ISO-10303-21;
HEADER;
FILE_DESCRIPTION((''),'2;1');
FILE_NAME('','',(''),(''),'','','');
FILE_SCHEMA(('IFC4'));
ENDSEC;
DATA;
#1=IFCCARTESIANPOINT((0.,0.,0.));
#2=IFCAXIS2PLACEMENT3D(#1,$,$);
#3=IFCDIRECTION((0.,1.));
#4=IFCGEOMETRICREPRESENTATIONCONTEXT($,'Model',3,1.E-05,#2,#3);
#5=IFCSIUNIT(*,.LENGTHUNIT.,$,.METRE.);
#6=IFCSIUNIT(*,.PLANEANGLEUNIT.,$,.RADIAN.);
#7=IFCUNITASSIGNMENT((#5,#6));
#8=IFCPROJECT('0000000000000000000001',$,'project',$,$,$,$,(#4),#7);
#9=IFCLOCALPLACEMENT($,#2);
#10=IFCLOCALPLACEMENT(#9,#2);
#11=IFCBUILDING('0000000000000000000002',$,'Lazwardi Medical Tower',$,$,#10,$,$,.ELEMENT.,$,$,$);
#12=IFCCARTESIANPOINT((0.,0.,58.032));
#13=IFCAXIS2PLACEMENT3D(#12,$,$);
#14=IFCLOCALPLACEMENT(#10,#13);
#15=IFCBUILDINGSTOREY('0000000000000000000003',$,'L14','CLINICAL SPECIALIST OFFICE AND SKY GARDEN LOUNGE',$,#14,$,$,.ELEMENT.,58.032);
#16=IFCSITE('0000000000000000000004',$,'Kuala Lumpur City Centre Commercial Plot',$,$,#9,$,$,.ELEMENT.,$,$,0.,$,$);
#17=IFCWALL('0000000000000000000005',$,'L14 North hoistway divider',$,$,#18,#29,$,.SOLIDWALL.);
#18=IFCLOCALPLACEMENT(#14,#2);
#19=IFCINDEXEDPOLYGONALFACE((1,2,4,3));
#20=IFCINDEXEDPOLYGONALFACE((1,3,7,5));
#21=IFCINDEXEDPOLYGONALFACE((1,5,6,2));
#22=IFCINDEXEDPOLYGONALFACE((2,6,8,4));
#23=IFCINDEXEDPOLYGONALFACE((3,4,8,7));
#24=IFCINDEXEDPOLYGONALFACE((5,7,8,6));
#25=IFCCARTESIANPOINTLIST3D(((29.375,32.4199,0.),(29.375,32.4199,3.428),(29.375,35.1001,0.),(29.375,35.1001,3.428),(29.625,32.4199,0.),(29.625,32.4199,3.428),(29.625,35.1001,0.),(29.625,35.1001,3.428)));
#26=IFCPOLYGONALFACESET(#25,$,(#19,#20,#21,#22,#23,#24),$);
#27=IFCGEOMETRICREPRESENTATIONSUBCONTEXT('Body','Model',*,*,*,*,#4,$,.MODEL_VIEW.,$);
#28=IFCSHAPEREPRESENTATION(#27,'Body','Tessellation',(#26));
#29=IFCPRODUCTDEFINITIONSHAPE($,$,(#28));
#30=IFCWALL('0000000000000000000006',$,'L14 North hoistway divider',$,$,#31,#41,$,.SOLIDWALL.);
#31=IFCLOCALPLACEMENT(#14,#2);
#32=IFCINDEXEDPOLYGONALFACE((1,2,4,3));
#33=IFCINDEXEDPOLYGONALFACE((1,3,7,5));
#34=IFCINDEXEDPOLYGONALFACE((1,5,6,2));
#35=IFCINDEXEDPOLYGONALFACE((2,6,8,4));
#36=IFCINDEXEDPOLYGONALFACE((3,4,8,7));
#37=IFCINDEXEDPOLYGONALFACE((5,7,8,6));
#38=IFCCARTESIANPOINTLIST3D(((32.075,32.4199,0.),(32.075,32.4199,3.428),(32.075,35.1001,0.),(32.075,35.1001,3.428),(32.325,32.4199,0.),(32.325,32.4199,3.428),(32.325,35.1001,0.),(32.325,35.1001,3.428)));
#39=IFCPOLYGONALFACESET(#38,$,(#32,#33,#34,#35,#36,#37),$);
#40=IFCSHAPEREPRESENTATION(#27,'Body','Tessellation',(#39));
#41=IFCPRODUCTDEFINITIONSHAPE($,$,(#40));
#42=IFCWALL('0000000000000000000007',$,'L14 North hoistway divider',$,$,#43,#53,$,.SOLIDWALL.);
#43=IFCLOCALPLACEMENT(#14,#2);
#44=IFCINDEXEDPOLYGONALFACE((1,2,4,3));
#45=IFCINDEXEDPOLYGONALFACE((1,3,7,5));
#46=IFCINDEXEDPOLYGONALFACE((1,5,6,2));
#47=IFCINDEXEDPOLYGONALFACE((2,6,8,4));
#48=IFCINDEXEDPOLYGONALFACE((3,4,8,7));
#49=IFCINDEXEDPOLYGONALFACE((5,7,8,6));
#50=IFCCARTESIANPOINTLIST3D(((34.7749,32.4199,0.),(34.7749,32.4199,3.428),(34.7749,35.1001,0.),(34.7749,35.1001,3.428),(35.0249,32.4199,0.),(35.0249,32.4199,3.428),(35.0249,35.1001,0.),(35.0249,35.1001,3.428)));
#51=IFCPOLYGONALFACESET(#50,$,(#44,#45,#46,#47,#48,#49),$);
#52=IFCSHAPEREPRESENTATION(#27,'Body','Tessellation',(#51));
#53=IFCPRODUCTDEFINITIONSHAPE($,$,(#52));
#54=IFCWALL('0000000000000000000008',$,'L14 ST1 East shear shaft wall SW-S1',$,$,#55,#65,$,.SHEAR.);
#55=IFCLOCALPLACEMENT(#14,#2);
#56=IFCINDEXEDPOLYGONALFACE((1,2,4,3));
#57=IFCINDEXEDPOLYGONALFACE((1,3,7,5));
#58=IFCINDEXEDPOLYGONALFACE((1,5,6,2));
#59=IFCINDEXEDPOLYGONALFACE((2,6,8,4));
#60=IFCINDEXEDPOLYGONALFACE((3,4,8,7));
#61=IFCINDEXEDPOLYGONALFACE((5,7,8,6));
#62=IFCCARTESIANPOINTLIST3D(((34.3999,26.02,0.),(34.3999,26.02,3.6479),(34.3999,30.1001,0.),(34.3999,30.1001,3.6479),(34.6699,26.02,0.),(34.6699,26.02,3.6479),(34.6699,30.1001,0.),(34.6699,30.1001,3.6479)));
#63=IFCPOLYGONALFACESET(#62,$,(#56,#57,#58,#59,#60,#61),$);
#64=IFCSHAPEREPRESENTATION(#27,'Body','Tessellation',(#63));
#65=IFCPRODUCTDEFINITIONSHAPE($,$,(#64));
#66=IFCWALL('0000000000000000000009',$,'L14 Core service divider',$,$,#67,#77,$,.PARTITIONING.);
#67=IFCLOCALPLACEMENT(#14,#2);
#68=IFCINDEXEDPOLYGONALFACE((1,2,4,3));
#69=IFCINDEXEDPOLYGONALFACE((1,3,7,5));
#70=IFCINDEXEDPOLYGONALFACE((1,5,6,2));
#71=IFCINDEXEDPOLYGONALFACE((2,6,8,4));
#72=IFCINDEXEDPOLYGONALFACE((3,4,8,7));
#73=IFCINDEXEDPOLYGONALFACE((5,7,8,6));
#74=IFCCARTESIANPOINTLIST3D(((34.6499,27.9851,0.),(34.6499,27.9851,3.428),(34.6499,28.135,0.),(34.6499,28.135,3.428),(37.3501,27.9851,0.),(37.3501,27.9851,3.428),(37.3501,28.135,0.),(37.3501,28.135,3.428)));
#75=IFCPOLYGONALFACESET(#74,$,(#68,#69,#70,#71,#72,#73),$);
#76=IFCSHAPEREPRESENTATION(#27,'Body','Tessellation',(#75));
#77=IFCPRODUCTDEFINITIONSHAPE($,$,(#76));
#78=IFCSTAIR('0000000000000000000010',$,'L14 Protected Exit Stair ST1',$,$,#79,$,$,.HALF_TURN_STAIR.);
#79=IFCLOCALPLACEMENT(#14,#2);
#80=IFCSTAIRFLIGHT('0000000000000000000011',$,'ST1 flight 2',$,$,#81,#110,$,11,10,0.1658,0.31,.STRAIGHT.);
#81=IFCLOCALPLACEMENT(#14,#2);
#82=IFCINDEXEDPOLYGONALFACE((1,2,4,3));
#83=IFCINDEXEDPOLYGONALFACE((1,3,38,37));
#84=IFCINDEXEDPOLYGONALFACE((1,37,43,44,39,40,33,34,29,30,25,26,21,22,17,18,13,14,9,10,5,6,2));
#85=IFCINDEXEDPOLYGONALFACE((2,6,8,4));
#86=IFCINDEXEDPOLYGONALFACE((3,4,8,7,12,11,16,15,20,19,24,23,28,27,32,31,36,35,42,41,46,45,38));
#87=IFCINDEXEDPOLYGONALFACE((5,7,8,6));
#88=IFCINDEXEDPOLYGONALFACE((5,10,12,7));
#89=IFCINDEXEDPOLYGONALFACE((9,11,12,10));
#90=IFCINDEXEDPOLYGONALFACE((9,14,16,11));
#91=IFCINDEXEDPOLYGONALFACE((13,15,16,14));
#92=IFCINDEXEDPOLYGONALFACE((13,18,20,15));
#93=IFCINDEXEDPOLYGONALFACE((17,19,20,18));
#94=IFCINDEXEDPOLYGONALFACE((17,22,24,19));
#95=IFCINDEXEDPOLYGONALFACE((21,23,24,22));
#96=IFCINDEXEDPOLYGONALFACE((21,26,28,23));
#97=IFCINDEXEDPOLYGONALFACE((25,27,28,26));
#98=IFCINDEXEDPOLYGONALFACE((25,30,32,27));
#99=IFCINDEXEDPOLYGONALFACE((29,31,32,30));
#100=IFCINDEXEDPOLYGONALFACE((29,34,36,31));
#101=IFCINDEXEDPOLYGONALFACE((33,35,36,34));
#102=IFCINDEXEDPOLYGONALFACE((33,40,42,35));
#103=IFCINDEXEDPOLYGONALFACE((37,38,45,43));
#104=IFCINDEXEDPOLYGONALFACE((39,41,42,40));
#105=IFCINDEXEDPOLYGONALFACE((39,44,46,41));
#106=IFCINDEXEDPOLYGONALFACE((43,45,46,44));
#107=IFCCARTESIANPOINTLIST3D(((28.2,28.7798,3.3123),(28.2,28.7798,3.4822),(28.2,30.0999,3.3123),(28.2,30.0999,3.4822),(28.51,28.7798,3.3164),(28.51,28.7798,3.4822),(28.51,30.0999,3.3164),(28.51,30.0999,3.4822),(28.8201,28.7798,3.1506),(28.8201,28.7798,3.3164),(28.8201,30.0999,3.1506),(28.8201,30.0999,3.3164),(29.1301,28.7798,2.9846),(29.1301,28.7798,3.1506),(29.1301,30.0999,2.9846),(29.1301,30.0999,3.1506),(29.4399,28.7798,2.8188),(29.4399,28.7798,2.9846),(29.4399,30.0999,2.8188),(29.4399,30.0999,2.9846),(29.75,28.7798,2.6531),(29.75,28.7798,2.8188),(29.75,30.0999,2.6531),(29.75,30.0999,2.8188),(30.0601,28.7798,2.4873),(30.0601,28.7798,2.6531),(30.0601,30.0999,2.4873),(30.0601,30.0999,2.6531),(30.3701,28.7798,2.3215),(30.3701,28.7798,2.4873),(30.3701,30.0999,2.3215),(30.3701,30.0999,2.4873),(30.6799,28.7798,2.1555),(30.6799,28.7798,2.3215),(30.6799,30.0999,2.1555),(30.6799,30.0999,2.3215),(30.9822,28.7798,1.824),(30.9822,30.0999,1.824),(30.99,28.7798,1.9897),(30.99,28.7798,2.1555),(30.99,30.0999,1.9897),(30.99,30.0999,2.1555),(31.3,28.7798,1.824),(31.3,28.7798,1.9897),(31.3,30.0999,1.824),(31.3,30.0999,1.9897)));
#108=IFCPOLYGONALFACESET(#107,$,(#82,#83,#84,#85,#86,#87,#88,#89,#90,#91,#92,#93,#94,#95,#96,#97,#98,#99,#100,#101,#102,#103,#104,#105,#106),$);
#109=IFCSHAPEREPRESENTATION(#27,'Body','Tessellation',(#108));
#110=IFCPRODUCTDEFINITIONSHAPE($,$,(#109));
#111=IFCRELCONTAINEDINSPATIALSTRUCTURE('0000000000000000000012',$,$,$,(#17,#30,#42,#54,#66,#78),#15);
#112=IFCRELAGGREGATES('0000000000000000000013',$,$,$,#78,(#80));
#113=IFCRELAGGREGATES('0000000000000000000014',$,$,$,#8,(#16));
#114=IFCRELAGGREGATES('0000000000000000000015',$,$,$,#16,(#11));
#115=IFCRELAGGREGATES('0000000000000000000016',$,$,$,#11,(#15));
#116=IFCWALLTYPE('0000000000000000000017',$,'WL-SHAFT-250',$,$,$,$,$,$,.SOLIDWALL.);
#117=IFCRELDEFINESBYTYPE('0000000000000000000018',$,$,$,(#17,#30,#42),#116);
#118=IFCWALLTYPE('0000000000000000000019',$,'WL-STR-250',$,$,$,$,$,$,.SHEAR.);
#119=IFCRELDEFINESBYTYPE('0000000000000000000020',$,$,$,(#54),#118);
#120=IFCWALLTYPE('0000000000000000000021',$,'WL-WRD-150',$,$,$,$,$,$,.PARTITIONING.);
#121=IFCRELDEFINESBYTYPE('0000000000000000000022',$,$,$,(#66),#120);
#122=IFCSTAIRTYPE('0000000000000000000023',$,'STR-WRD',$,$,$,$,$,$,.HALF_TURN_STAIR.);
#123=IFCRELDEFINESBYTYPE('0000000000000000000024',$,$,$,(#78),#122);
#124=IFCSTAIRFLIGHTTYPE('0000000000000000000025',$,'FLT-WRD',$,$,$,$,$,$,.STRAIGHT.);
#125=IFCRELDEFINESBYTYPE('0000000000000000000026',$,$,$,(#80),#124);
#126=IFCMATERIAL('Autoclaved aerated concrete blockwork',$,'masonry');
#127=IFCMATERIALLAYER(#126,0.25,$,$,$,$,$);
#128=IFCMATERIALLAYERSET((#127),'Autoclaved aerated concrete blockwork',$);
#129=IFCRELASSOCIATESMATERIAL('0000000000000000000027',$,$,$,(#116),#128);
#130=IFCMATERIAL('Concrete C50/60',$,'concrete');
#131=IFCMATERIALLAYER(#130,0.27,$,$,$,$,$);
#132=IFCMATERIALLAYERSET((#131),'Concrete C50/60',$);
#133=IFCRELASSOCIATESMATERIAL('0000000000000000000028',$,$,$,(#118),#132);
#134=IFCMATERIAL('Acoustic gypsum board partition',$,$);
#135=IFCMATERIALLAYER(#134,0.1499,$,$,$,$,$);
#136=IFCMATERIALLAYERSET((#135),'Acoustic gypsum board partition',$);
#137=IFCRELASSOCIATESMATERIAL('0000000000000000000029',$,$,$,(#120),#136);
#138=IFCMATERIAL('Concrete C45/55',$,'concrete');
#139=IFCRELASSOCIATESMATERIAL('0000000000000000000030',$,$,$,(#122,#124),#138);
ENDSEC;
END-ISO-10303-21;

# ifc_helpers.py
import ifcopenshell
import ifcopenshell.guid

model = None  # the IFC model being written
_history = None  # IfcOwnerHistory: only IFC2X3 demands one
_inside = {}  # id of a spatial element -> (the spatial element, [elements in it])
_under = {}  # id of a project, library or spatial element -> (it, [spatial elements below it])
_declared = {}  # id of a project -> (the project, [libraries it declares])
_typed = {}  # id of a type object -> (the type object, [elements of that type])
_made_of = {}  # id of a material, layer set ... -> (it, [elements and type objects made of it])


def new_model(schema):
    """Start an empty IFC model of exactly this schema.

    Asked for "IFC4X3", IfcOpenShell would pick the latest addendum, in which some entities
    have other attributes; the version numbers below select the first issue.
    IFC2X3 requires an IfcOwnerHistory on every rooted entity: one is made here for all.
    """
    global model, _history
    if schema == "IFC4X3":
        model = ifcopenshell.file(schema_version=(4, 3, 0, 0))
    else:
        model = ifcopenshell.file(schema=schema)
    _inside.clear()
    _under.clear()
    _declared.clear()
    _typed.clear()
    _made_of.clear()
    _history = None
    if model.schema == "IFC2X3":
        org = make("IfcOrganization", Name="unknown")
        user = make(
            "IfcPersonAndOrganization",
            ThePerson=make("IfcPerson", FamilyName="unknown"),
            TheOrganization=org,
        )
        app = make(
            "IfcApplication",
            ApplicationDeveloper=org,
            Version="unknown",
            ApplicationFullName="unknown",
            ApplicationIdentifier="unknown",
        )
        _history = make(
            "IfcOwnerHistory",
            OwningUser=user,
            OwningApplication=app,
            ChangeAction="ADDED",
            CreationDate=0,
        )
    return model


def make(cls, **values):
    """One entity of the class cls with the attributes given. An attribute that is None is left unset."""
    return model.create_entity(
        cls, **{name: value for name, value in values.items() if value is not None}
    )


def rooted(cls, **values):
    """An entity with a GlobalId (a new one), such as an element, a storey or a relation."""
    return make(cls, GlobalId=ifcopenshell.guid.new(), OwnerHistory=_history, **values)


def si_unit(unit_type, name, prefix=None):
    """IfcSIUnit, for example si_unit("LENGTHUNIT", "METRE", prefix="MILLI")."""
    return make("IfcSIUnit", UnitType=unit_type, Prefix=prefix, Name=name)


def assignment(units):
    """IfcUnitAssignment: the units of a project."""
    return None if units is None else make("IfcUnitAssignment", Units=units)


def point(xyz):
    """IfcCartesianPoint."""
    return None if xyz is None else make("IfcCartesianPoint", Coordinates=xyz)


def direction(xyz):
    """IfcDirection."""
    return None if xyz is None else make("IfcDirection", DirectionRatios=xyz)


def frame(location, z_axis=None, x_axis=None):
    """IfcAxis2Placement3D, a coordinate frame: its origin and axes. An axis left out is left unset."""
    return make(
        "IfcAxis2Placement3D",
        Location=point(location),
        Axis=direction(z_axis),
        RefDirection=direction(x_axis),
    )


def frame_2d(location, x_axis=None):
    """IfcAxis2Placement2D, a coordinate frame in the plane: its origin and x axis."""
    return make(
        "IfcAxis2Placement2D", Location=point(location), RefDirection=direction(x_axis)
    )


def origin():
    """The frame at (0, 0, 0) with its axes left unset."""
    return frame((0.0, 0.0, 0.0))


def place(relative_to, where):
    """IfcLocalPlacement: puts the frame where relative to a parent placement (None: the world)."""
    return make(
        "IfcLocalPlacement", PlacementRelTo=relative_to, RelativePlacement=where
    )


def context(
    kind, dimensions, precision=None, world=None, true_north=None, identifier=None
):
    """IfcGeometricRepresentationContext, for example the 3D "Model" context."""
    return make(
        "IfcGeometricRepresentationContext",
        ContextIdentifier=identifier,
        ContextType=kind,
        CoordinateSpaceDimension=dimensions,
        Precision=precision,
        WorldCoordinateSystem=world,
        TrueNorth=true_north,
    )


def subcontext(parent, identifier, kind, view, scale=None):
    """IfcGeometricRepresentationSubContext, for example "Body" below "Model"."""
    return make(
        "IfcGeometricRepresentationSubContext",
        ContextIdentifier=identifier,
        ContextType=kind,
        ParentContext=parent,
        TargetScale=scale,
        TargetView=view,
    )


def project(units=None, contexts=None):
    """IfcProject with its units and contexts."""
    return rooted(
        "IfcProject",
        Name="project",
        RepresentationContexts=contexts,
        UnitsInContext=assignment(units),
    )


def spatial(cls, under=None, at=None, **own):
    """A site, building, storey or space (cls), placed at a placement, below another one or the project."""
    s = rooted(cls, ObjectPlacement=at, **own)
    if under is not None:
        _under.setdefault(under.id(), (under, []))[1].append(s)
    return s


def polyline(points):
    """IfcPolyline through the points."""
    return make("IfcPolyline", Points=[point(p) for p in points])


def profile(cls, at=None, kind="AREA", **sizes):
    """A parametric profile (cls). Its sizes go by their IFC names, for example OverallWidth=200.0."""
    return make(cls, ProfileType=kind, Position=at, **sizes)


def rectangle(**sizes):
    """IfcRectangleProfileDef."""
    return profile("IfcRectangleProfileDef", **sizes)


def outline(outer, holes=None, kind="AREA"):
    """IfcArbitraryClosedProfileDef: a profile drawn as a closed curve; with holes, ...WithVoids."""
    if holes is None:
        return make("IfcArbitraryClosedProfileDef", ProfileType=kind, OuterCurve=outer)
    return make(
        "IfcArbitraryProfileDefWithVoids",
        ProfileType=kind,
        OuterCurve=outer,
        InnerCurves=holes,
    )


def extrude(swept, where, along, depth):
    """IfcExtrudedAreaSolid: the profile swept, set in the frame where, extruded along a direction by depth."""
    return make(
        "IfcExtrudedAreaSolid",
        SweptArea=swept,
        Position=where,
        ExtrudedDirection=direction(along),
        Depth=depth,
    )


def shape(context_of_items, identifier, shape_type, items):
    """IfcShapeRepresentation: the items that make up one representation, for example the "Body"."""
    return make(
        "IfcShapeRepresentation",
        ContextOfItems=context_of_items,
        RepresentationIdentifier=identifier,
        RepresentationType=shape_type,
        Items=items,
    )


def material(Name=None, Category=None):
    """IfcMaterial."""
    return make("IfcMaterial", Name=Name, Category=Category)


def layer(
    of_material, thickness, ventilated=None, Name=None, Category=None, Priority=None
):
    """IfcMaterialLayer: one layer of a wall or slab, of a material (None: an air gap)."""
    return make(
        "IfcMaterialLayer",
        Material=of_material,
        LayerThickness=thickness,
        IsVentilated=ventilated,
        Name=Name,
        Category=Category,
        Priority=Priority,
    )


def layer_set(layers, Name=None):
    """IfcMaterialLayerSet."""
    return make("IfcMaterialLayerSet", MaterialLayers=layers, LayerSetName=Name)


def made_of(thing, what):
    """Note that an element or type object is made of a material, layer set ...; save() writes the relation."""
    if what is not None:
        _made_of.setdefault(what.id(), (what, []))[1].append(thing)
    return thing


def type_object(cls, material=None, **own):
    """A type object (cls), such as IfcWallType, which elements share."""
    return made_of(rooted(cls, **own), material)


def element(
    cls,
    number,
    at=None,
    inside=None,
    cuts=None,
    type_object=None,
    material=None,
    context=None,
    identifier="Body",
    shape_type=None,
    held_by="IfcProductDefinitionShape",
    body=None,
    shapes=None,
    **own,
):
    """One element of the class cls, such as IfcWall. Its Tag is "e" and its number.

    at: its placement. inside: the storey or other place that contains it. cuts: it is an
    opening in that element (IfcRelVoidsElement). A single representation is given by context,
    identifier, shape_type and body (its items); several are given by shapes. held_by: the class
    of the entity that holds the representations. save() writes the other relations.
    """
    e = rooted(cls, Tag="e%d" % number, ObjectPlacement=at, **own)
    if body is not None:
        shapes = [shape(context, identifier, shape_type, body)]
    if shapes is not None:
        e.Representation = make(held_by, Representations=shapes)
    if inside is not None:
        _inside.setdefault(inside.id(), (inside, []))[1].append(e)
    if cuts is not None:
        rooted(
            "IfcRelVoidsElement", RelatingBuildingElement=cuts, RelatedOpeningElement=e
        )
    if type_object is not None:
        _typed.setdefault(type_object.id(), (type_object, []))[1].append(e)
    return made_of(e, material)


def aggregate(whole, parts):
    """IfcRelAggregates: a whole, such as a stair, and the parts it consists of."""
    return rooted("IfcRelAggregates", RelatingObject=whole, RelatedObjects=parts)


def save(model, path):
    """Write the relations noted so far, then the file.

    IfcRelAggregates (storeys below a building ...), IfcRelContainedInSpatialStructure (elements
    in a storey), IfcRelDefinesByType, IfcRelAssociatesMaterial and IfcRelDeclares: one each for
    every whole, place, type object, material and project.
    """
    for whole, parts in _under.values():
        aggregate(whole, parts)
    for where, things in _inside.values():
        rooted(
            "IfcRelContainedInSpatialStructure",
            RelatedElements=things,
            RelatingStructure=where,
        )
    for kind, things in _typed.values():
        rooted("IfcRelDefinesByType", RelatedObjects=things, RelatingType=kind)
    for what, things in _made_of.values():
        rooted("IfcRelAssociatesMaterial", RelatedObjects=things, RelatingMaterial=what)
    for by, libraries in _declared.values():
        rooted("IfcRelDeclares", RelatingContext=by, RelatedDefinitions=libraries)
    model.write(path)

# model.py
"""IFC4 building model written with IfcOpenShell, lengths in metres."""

from ifc_helpers import new_model, si_unit, direction, frame, frame_2d, origin, place, context, subcontext, project, spatial, polyline, rectangle, outline, extrude, material, layer, layer_set, type_object, element, aggregate, save


model = new_model("IFC4")

# Units and contexts
model_context = context("Model", 3, precision=1e-05, world=origin(), true_north=direction((0.0, 1.0)))
body_context = subcontext(model_context, "Body", "Model", "MODEL_VIEW")
ifc_project = project(units=[si_unit("LENGTHUNIT", "METRE"), si_unit("PLANEANGLEUNIT", "RADIAN")], contexts=[model_context])

# Site, building, storey
site_placement = place(None, origin())
site = spatial("IfcSite", under=ifc_project, at=site_placement, Name="Kuala Lumpur City Centre Commercial Plot", CompositionType="ELEMENT", RefElevation=0.0)
building_placement = place(site_placement, origin())
building = spatial("IfcBuilding", under=site, at=building_placement, Name="Lazwardi Medical Tower", CompositionType="ELEMENT")
storey_placement = place(building_placement, frame((0.0, 0.0, 58.032)))
storey = spatial("IfcBuildingStorey", under=building, at=storey_placement, Name="L14", Description="CLINICAL SPECIALIST OFFICE AND SKY GARDEN LOUNGE", CompositionType="ELEMENT", Elevation=58.032)

# Walls
ifc_material_1 = material(Name="Autoclaved aerated concrete blockwork", Category="masonry")
ifc_layer_1 = layer(ifc_material_1, 0.25)
ifc_layer_set_1 = layer_set([ifc_layer_1], Name="Autoclaved aerated concrete blockwork")
wall_type_1 = type_object("IfcWallType", Name="WL-SHAFT-250", PredefinedType="SOLIDWALL", material=ifc_layer_set_1)
for number, where, z_axis, x_axis, name in (
    (1, (29.5, 32.4199, 0.0), (0.0, 0.0, 1.0), (0.0, 1.0, 0.0), "L14 North hoistway divider"),
    (2, (32.2, 32.4199, 0.0), (0.0, 0.0, 1.0), (0.0, 1.0, 0.0), "L14 North hoistway divider"),
    (3, (34.8999, 32.4199, 0.0), (0.0, 0.0, 1.0), (0.0, 1.0, 0.0), "L14 North hoistway divider"),
):
    element("IfcWall", number, at=place(storey_placement, frame(where, z_axis=z_axis, x_axis=x_axis)), inside=storey, type_object=wall_type_1, Name=name, PredefinedType="SOLIDWALL", context=body_context, shape_type="SweptSolid", body=[
        extrude(rectangle(XDim=2.6802, YDim=0.25, at=frame_2d((1.3401, 0.0))), origin(), (0.0, 0.0, 1.0), 3.428),
    ])

# Shared definitions
ifc_material_2 = material(Name="Concrete C50/60", Category="concrete")
ifc_layer_2 = layer(ifc_material_2, 0.27)
ifc_layer_set_2 = layer_set([ifc_layer_2], Name="Concrete C50/60")
wall_type_2 = type_object("IfcWallType", Name="WL-STR-250", PredefinedType="SHEAR", material=ifc_layer_set_2)

# Walls
wall_1_placement = place(storey_placement, frame((34.5349, 26.02, 0.0), z_axis=(0.0, 0.0, 1.0), x_axis=(0.0, 1.0, 0.0)))
element("IfcWall", 4, at=wall_1_placement, inside=storey, type_object=wall_type_2, Name="L14 ST1 East shear shaft wall SW-S1", PredefinedType="SHEAR", context=body_context, shape_type="SweptSolid", body=[
    extrude(rectangle(XDim=4.0801, YDim=0.27, at=frame_2d((2.04, 0.0))), origin(), (0.0, 0.0, 1.0), 3.6479),
])
ifc_material_3 = material(Name="Acoustic gypsum board partition")
ifc_layer_3 = layer(ifc_material_3, 0.1499)
ifc_layer_set_3 = layer_set([ifc_layer_3], Name="Acoustic gypsum board partition")
wall_type_3 = type_object("IfcWallType", Name="WL-WRD-150", PredefinedType="PARTITIONING", material=ifc_layer_set_3)
wall_2_placement = place(storey_placement, frame((34.6499, 28.0601, 0.0), z_axis=(0.0, 0.0, 1.0), x_axis=(1.0, 0.0, 0.0)))
element("IfcWall", 5, at=wall_2_placement, inside=storey, type_object=wall_type_3, Name="L14 Core service divider", PredefinedType="PARTITIONING", context=body_context, shape_type="SweptSolid", body=[
    extrude(rectangle(XDim=2.7002, YDim=0.1499, at=frame_2d((1.3501, 0.0))), origin(), (0.0, 0.0, 1.0), 3.428),
])

# Stair, stair flight
ifc_material_4 = material(Name="Concrete C45/55", Category="concrete")
stair_type = type_object("IfcStairType", Name="STR-WRD", PredefinedType="HALF_TURN_STAIR", material=ifc_material_4)
stair_placement = place(storey_placement, origin())
stair = element("IfcStair", 6, at=stair_placement, inside=storey, type_object=stair_type, Name="L14 Protected Exit Stair ST1", PredefinedType="HALF_TURN_STAIR")
stair_flight_type = type_object("IfcStairFlightType", Name="FLT-WRD", PredefinedType="STRAIGHT", material=ifc_material_4)
stair_flight_placement = place(storey_placement, frame((31.3, 29.4399, 1.824), z_axis=(0.0, 0.0, 1.0), x_axis=(-1.0, 0.0, 0.0)))
stair_flight = element("IfcStairFlight", 7, at=stair_flight_placement, type_object=stair_flight_type, Name="ST1 flight 2", NumberOfRisers=11, NumberOfTreads=10, PredefinedType="STRAIGHT", RiserHeight=0.1658, TreadLength=0.31, context=body_context, shape_type="SweptSolid", body=[
    extrude(outline(polyline([(0.0, 0.0), (0.0, 0.1658), (0.3101, 0.1658), (0.3101, 0.3315), (0.6201, 0.3315), (0.6201, 0.4976), (0.9299, 0.4976), (0.9299, 0.6633), (1.24, 0.6633), (1.24, 0.8291), (1.55, 0.8291), (1.55, 0.9949), (1.8601, 0.9949), (1.8601, 1.1606), (2.1699, 1.1606), (2.1699, 1.3267), (2.48, 1.3267), (2.48, 1.4924), (2.79, 1.4924), (2.79, 1.6582), (3.1001, 1.6582), (3.1001, 1.824), (3.1001, 1.4883), (0.3179, 0.0), (0.0, 0.0)])), frame((0.0, 0.6602, 0.0), z_axis=(0.0, -1.0, 0.0), x_axis=(1.0, 0.0, 0.0)), (0.0, 0.0, 1.0), 1.3201),
])
aggregate(stair, [stair_flight])

save(model, "model.ifc")
